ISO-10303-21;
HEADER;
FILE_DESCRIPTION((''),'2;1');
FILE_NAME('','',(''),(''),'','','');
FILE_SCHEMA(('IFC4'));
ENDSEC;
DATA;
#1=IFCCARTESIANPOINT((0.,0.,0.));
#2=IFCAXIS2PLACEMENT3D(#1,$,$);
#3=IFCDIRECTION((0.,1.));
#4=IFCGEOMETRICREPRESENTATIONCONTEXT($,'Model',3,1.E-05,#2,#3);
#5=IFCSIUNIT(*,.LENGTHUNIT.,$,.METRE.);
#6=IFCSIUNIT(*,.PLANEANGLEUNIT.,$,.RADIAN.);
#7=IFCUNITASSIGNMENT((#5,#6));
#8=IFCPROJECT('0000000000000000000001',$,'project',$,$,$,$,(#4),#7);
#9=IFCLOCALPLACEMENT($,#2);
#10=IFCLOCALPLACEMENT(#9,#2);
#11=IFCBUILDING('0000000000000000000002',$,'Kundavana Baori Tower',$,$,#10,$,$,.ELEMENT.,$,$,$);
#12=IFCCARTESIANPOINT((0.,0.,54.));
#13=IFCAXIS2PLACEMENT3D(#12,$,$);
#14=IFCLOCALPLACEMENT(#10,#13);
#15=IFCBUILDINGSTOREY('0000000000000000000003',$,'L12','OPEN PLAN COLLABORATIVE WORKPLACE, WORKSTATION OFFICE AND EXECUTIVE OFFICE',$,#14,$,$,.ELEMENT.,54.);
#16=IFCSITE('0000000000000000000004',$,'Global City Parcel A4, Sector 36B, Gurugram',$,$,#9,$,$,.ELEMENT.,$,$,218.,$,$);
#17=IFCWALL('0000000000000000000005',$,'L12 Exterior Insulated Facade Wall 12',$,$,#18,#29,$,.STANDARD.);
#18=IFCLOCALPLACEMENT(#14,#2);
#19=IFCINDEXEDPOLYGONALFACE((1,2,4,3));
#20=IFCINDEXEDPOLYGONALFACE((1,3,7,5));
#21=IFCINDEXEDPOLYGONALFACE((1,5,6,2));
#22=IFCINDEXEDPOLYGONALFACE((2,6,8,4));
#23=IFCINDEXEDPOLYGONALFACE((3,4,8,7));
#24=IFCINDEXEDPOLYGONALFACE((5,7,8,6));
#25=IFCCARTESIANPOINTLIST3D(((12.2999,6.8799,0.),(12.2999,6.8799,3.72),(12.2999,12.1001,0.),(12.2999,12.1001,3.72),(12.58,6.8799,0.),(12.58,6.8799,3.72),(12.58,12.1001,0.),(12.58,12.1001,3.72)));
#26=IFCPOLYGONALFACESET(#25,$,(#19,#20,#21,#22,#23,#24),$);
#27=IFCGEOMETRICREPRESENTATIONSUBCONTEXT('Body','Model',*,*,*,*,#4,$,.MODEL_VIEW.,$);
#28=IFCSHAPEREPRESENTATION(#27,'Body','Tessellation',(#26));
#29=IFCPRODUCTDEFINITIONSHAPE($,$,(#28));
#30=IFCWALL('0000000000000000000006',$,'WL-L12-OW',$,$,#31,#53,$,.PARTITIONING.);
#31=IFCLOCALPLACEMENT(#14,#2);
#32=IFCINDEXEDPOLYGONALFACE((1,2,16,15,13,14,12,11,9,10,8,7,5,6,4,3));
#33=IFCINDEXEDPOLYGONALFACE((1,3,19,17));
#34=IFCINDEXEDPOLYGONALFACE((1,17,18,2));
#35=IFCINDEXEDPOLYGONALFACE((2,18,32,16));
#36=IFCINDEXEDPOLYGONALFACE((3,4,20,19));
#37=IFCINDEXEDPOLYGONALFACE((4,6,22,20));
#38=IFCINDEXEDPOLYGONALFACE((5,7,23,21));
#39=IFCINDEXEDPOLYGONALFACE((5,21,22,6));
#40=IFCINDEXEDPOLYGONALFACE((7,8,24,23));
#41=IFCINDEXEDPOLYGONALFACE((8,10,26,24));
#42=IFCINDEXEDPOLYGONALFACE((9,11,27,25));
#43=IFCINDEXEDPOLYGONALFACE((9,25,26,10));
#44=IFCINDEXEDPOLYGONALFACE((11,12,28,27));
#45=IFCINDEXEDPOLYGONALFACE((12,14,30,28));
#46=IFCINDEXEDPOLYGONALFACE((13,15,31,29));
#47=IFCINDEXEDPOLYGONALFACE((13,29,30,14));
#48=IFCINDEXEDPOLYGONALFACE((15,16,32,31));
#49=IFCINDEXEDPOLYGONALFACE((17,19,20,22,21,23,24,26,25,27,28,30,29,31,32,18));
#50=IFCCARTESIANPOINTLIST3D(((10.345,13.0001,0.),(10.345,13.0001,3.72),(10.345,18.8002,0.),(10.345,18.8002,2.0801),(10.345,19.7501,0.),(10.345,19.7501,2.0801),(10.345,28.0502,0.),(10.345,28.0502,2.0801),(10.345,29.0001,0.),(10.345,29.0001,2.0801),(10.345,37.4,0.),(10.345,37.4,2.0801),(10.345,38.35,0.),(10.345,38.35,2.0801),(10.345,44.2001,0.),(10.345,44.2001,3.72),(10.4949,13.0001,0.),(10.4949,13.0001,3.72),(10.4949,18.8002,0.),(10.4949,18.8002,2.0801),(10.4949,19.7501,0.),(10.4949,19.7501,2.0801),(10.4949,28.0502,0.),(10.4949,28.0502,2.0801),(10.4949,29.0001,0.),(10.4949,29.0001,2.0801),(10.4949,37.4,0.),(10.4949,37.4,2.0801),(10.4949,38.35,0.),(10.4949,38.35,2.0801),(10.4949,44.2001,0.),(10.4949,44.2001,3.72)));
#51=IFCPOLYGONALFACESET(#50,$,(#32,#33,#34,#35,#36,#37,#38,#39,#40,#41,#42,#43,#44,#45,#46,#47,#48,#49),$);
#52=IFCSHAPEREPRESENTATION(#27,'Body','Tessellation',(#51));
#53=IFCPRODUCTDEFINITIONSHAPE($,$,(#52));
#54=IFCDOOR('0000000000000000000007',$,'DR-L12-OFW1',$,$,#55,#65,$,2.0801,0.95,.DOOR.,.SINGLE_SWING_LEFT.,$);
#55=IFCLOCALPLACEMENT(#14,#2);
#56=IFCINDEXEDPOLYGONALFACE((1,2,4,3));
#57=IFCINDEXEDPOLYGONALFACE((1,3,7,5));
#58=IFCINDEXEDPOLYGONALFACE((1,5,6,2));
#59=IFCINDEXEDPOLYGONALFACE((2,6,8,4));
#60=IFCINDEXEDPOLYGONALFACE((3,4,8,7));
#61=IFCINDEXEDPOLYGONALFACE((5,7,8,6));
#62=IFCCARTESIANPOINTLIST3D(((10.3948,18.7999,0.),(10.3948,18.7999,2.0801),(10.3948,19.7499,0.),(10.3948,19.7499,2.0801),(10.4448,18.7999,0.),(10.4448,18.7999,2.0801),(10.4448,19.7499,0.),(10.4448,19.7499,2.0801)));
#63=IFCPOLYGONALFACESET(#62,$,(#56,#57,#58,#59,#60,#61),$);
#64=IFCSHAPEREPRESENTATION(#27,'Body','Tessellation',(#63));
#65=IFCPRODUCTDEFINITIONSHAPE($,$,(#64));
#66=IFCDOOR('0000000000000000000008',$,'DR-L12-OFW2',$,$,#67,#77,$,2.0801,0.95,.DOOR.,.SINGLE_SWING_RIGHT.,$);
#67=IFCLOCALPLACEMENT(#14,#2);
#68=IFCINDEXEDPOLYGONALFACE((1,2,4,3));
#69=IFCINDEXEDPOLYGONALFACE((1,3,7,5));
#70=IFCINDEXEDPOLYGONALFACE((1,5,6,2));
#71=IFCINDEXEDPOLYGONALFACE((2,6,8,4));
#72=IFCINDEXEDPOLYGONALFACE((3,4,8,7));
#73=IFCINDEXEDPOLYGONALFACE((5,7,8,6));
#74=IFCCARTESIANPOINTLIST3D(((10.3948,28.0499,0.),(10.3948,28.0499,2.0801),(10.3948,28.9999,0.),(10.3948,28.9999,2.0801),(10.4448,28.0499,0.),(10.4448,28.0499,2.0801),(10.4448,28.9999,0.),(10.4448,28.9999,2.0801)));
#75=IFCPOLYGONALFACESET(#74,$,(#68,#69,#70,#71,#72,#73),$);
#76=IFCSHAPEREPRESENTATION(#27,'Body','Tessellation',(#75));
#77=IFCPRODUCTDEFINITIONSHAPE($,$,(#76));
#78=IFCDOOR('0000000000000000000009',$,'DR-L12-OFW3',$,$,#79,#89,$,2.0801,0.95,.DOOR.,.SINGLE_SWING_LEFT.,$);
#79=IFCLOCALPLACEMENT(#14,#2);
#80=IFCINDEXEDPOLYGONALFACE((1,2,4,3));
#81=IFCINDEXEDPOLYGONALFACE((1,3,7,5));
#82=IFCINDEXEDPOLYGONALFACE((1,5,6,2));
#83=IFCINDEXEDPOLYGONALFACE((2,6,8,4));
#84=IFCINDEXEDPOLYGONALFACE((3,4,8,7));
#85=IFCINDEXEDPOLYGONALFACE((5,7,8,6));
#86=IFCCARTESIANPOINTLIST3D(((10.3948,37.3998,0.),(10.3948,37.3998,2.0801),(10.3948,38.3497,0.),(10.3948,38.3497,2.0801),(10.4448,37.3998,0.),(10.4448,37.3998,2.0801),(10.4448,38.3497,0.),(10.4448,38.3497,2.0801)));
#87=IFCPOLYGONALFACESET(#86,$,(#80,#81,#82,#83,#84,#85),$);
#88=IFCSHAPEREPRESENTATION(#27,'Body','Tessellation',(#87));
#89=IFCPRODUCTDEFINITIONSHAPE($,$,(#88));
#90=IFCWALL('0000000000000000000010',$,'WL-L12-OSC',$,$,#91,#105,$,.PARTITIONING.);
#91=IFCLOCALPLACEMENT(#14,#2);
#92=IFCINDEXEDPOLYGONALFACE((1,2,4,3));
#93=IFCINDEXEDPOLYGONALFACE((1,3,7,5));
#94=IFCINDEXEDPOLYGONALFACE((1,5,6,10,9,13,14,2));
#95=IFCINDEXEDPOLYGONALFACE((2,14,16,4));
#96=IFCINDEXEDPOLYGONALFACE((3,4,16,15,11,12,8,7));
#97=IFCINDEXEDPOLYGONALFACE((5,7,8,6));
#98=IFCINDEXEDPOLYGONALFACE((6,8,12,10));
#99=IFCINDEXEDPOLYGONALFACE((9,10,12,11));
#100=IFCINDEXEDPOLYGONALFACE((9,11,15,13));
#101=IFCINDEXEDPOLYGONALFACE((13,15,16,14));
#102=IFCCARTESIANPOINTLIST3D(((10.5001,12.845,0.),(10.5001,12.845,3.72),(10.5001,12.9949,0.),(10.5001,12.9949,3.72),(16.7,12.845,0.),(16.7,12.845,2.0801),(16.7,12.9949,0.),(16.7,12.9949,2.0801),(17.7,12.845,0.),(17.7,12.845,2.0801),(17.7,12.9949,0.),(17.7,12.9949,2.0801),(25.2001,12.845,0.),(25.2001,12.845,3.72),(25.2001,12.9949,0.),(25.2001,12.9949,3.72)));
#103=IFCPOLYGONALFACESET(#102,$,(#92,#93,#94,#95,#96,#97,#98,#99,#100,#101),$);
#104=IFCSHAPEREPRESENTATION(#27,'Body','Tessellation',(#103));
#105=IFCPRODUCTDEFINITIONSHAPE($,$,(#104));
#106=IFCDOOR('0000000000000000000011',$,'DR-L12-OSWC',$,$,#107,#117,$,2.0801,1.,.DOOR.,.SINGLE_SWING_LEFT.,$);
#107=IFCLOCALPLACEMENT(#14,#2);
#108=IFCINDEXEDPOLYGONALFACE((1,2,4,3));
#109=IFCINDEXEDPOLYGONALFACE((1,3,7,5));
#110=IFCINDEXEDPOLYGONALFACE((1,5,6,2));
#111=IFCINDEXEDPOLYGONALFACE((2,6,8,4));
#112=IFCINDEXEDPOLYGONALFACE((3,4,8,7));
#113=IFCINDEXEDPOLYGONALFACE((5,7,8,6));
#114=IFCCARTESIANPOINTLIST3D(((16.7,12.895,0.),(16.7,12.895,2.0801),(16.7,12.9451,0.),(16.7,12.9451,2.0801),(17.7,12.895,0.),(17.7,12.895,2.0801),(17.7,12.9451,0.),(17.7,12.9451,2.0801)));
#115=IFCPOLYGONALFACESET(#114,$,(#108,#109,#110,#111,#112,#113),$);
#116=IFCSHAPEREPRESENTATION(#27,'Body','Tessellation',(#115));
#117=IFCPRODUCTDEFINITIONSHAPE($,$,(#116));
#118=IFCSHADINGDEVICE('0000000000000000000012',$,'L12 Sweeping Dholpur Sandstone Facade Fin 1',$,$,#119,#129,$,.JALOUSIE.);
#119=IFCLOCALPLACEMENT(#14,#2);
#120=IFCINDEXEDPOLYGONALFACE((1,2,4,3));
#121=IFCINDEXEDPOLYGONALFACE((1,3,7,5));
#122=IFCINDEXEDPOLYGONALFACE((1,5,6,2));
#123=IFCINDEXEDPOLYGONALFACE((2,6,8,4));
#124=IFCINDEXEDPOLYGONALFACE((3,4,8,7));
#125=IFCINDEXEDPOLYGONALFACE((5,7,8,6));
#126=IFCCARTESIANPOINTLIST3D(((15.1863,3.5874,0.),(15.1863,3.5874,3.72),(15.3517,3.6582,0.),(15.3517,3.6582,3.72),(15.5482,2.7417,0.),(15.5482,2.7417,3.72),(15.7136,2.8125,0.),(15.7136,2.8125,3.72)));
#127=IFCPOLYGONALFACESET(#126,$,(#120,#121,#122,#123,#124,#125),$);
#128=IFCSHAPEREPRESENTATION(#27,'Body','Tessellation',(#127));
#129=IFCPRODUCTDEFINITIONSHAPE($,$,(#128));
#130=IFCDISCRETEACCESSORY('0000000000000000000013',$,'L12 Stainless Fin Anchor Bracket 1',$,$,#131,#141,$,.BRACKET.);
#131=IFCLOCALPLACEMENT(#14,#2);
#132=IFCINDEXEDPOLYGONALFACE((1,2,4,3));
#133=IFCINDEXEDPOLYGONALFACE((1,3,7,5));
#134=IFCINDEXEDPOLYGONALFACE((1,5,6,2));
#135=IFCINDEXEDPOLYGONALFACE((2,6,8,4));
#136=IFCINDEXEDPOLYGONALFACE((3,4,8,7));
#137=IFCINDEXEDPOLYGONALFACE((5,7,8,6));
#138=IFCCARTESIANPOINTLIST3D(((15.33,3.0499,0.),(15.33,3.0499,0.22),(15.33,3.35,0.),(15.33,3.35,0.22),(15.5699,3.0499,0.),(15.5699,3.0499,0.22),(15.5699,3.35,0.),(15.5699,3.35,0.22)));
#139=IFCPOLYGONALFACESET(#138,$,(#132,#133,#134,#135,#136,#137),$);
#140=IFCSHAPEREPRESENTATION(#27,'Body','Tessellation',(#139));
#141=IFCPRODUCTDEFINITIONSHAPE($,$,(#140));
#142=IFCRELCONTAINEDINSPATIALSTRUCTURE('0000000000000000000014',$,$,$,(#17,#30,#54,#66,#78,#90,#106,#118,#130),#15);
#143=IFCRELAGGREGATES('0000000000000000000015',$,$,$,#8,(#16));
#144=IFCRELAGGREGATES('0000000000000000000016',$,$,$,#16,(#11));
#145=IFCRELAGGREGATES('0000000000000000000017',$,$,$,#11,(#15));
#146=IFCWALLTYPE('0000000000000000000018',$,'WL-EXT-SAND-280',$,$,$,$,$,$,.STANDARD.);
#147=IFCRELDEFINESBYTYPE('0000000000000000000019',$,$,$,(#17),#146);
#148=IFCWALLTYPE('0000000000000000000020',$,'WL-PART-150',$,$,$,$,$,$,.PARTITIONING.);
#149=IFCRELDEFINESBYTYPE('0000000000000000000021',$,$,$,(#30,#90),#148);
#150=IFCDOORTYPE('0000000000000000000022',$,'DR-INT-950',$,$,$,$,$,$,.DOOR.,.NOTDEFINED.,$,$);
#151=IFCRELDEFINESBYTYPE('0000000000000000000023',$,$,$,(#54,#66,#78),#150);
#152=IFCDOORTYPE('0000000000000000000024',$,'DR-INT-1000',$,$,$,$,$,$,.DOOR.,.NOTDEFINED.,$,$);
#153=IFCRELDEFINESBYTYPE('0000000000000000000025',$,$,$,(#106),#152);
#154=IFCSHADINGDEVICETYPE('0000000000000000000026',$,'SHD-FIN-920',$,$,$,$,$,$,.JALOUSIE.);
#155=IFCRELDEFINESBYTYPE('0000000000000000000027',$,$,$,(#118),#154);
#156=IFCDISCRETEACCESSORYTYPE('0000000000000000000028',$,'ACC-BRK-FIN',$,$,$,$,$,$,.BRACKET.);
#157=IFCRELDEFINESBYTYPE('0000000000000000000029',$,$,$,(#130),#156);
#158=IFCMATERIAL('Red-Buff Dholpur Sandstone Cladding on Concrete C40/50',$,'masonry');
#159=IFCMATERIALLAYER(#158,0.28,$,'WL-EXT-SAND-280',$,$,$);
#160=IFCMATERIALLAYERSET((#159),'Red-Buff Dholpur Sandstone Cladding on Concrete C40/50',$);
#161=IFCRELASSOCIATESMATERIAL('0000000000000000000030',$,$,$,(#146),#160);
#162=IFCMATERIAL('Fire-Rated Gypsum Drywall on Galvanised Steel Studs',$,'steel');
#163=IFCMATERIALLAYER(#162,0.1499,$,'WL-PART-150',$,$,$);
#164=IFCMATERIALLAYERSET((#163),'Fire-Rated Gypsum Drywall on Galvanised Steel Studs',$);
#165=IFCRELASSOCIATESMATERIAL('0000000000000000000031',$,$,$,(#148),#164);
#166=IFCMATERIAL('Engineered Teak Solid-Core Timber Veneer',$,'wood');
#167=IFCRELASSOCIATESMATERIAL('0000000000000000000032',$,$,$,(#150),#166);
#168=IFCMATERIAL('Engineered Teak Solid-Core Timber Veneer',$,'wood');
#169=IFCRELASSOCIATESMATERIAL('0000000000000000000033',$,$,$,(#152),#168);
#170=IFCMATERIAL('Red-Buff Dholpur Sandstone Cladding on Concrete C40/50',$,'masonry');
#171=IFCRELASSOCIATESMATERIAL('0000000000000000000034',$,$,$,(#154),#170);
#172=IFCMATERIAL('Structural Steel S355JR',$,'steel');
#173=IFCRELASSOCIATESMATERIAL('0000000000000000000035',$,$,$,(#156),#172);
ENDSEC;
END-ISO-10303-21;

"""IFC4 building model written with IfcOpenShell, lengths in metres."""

from ifc_helpers import new_model, si_unit, direction, frame, frame_2d, origin, origin_2d, place, context, subcontext, project, spatial, rectangle, extrude, material, layer, layer_set, type_object, element, fill, save


model = new_model("IFC4")

# Units and contexts
model_context = context("Model", 3, precision=1e-05, world=origin(), true_north=direction((0.0, 1.0)))
body_context = subcontext(model_context, "Body", "Model", "MODEL_VIEW")
ifc_project = project(units=[si_unit("LENGTHUNIT", "METRE"), si_unit("PLANEANGLEUNIT", "RADIAN")], contexts=[model_context])

# Site, building, storey
site_placement = place(None, origin())
site = spatial("IfcSite", under=ifc_project, at=site_placement, Name="Global City Parcel A4, Sector 36B, Gurugram", CompositionType="ELEMENT", RefElevation=218.0)
building_placement = place(site_placement, origin())
building = spatial("IfcBuilding", under=site, at=building_placement, Name="Kundavana Baori Tower", CompositionType="ELEMENT")
storey_placement = place(building_placement, frame((0.0, 0.0, 54.0)))
storey = spatial("IfcBuildingStorey", under=building, at=storey_placement, Name="L12", Description="OPEN PLAN COLLABORATIVE WORKPLACE, WORKSTATION OFFICE AND EXECUTIVE OFFICE", CompositionType="ELEMENT", Elevation=54.0)

# Shared definitions
ifc_material_1 = material(Name="Red-Buff Dholpur Sandstone Cladding on Concrete C40/50", Category="masonry")
ifc_layer_1 = layer(ifc_material_1, 0.28, Name="WL-EXT-SAND-280")
ifc_layer_set_1 = layer_set([ifc_layer_1], Name="Red-Buff Dholpur Sandstone Cladding on Concrete C40/50")
wall_type_1 = type_object("IfcWallType", Name="WL-EXT-SAND-280", PredefinedType="STANDARD", material=ifc_layer_set_1)

# Wall
wall_1_placement = place(storey_placement, frame((12.4399, 12.1001, 0.0), z_axis=(0.0, 0.0, 1.0), x_axis=(0.0, -1.0, 0.0)))
element("IfcWall", 1, at=wall_1_placement, inside=storey, type_object=wall_type_1, Name="L12 Exterior Insulated Facade Wall 12", PredefinedType="STANDARD", context=body_context, shape_type="SweptSolid", body=[
    extrude(rectangle(XDim=5.2202, YDim=0.28, at=frame_2d((2.6101, 0.0))), origin(), (0.0, 0.0, 1.0), 3.72),
])

# Wall, openings, doors
ifc_material_2 = material(Name="Fire-Rated Gypsum Drywall on Galvanised Steel Studs", Category="steel")
ifc_layer_2 = layer(ifc_material_2, 0.1499, Name="WL-PART-150")
ifc_layer_set_2 = layer_set([ifc_layer_2], Name="Fire-Rated Gypsum Drywall on Galvanised Steel Studs")
wall_type_2 = type_object("IfcWallType", Name="WL-PART-150", PredefinedType="PARTITIONING", material=ifc_layer_set_2)
wall_2_placement = place(storey_placement, frame((10.4199, 13.0, 0.0), z_axis=(0.0, 0.0, 1.0), x_axis=(0.0, 1.0, 0.0)))
wall_2 = element("IfcWall", 2, at=wall_2_placement, inside=storey, type_object=wall_type_2, Name="WL-L12-OW", PredefinedType="PARTITIONING", context=body_context, shape_type="SweptSolid", body=[
    extrude(rectangle(XDim=31.2, YDim=0.1499, at=frame_2d((15.6001, 0.0))), origin(), (0.0, 0.0, 1.0), 3.72),
])
opening_1_placement = place(wall_2_placement, frame((5.8, 0.0, 0.0)))
opening_1 = element("IfcOpeningElement", 3, at=opening_1_placement, cuts=wall_2, PredefinedType="OPENING", context=body_context, shape_type="SweptSolid", body=[
    extrude(rectangle(XDim=0.95, YDim=2.0801, at=frame_2d((0.4751, 1.04))), frame((0.0, 0.085, 0.0), z_axis=(0.0, -1.0, 0.0), x_axis=(1.0, 0.0, 0.0)), (0.0, 0.0, 1.0), 0.1699),
])
opening_2_placement = place(wall_2_placement, frame((15.05, 0.0, 0.0)))
opening_2 = element("IfcOpeningElement", 4, at=opening_2_placement, cuts=wall_2, PredefinedType="OPENING", context=body_context, shape_type="SweptSolid", body=[
    extrude(rectangle(XDim=0.95, YDim=2.0801, at=frame_2d((0.4751, 1.04))), frame((0.0, 0.085, 0.0), z_axis=(0.0, -1.0, 0.0), x_axis=(1.0, 0.0, 0.0)), (0.0, 0.0, 1.0), 0.1699),
])
opening_3_placement = place(wall_2_placement, frame((24.3999, 0.0, 0.0)))
opening_3 = element("IfcOpeningElement", 5, at=opening_3_placement, cuts=wall_2, PredefinedType="OPENING", context=body_context, shape_type="SweptSolid", body=[
    extrude(rectangle(XDim=0.95, YDim=2.0801, at=frame_2d((0.4751, 1.04))), frame((0.0, 0.085, 0.0), z_axis=(0.0, -1.0, 0.0), x_axis=(1.0, 0.0, 0.0)), (0.0, 0.0, 1.0), 0.1699),
])
ifc_material_3 = material(Name="Engineered Teak Solid-Core Timber Veneer", Category="wood")
door_type_1 = type_object("IfcDoorType", Name="DR-INT-950", OperationType="NOTDEFINED", PredefinedType="DOOR", material=ifc_material_3)
door_1_placement = place(opening_1_placement, frame((0.95, 0.0, 0.0), z_axis=(0.0, 0.0, 1.0), x_axis=(-1.0, 0.0, 0.0)))
door_1 = element("IfcDoor", 6, at=door_1_placement, inside=storey, type_object=door_type_1, Name="DR-L12-OFW1", OperationType="SINGLE_SWING_LEFT", OverallHeight=2.0801, OverallWidth=0.95, PredefinedType="DOOR", context=body_context, shape_type="SweptSolid", body=[
    extrude(rectangle(XDim=0.95, YDim=2.0801, at=frame_2d((0.4751, 1.04))), frame((0.0, 0.0249, 0.0), z_axis=(0.0, -1.0, 0.0), x_axis=(1.0, 0.0, 0.0)), (0.0, 0.0, 1.0), 0.05),
])
fill(opening_1, door_1)
door_2_placement = place(opening_2_placement, frame((0.95, 0.0, 0.0), z_axis=(0.0, 0.0, 1.0), x_axis=(-1.0, 0.0, 0.0)))
door_2 = element("IfcDoor", 7, at=door_2_placement, inside=storey, type_object=door_type_1, Name="DR-L12-OFW2", OperationType="SINGLE_SWING_RIGHT", OverallHeight=2.0801, OverallWidth=0.95, PredefinedType="DOOR", context=body_context, shape_type="SweptSolid", body=[
    extrude(rectangle(XDim=0.95, YDim=2.0801, at=frame_2d((0.4751, 1.04))), frame((0.0, 0.0249, 0.0), z_axis=(0.0, -1.0, 0.0), x_axis=(1.0, 0.0, 0.0)), (0.0, 0.0, 1.0), 0.05),
])
fill(opening_2, door_2)
door_3_placement = place(opening_3_placement, frame((0.95, 0.0, 0.0), z_axis=(0.0, 0.0, 1.0), x_axis=(-1.0, 0.0, 0.0)))
door_3 = element("IfcDoor", 8, at=door_3_placement, inside=storey, type_object=door_type_1, Name="DR-L12-OFW3", OperationType="SINGLE_SWING_LEFT", OverallHeight=2.0801, OverallWidth=0.95, PredefinedType="DOOR", context=body_context, shape_type="SweptSolid", body=[
    extrude(rectangle(XDim=0.95, YDim=2.0801, at=frame_2d((0.4751, 1.04))), frame((0.0, 0.0249, 0.0), z_axis=(0.0, -1.0, 0.0), x_axis=(1.0, 0.0, 0.0)), (0.0, 0.0, 1.0), 0.05),
])
fill(opening_3, door_3)

# Wall, opening, door
wall_3_placement = place(storey_placement, frame((10.5, 12.9199, 0.0), z_axis=(0.0, 0.0, 1.0), x_axis=(1.0, 0.0, 0.0)))
wall_3 = element("IfcWall", 9, at=wall_3_placement, inside=storey, type_object=wall_type_2, Name="WL-L12-OSC", PredefinedType="PARTITIONING", context=body_context, shape_type="SweptSolid", body=[
    extrude(rectangle(XDim=14.7, YDim=0.1499, at=frame_2d((7.3501, 0.0))), origin(), (0.0, 0.0, 1.0), 3.72),
])
opening_4_placement = place(wall_3_placement, frame((6.2, 0.0, 0.0)))
opening_4 = element("IfcOpeningElement", 10, at=opening_4_placement, cuts=wall_3, PredefinedType="OPENING", context=body_context, shape_type="SweptSolid", body=[
    extrude(rectangle(XDim=1.0, YDim=2.0801, at=frame_2d((0.5, 1.04))), frame((0.0, 0.085, 0.0), z_axis=(0.0, -1.0, 0.0), x_axis=(1.0, 0.0, 0.0)), (0.0, 0.0, 1.0), 0.1699),
])
ifc_material_4 = material(Name="Engineered Teak Solid-Core Timber Veneer", Category="wood")
door_type_2 = type_object("IfcDoorType", Name="DR-INT-1000", OperationType="NOTDEFINED", PredefinedType="DOOR", material=ifc_material_4)
door_4_placement = place(opening_4_placement, frame((1.0, 0.0, 0.0), z_axis=(0.0, 0.0, 1.0), x_axis=(-1.0, 0.0, 0.0)))
door_4 = element("IfcDoor", 11, at=door_4_placement, inside=storey, type_object=door_type_2, Name="DR-L12-OSWC", OperationType="SINGLE_SWING_LEFT", OverallHeight=2.0801, OverallWidth=1.0, PredefinedType="DOOR", context=body_context, shape_type="SweptSolid", body=[
    extrude(rectangle(XDim=1.0, YDim=2.0801, at=frame_2d((0.5, 1.04))), frame((0.0, 0.0249, 0.0), z_axis=(0.0, -1.0, 0.0), x_axis=(1.0, 0.0, 0.0)), (0.0, 0.0, 1.0), 0.05),
])
fill(opening_4, door_4)

# Shading device
ifc_material_5 = material(Name="Red-Buff Dholpur Sandstone Cladding on Concrete C40/50", Category="masonry")
shading_device_type = type_object("IfcShadingDeviceType", Name="SHD-FIN-920", PredefinedType="JALOUSIE", material=ifc_material_5)
shading_device_placement = place(storey_placement, frame((15.45, 3.2, 0.0), z_axis=(0.0, 0.0, 1.0), x_axis=(0.919341, 0.393461, 0.0)))
element("IfcShadingDevice", 12, at=shading_device_placement, inside=storey, type_object=shading_device_type, Name="L12 Sweeping Dholpur Sandstone Facade Fin 1", PredefinedType="JALOUSIE", context=body_context, shape_type="SweptSolid", body=[
    extrude(rectangle(XDim=0.1799, YDim=0.9199, at=origin_2d()), origin(), (0.0, 0.0, 1.0), 3.72),
])

# Discrete accessory
ifc_material_6 = material(Name="Structural Steel S355JR", Category="steel")
discrete_accessory_type = type_object("IfcDiscreteAccessoryType", Name="ACC-BRK-FIN", PredefinedType="BRACKET", material=ifc_material_6)
discrete_accessory_placement = place(storey_placement, frame((15.45, 3.2, 0.0), z_axis=(0.0, 0.0, 1.0), x_axis=(1.0, 0.0, 0.0)))
element("IfcDiscreteAccessory", 13, at=discrete_accessory_placement, inside=storey, type_object=discrete_accessory_type, Name="L12 Stainless Fin Anchor Bracket 1", PredefinedType="BRACKET", context=body_context, shape_type="SweptSolid", body=[
    extrude(rectangle(XDim=0.24, YDim=0.3, at=origin_2d()), origin(), (0.0, 0.0, 1.0), 0.22),
])

save(model, "model.ifc")
